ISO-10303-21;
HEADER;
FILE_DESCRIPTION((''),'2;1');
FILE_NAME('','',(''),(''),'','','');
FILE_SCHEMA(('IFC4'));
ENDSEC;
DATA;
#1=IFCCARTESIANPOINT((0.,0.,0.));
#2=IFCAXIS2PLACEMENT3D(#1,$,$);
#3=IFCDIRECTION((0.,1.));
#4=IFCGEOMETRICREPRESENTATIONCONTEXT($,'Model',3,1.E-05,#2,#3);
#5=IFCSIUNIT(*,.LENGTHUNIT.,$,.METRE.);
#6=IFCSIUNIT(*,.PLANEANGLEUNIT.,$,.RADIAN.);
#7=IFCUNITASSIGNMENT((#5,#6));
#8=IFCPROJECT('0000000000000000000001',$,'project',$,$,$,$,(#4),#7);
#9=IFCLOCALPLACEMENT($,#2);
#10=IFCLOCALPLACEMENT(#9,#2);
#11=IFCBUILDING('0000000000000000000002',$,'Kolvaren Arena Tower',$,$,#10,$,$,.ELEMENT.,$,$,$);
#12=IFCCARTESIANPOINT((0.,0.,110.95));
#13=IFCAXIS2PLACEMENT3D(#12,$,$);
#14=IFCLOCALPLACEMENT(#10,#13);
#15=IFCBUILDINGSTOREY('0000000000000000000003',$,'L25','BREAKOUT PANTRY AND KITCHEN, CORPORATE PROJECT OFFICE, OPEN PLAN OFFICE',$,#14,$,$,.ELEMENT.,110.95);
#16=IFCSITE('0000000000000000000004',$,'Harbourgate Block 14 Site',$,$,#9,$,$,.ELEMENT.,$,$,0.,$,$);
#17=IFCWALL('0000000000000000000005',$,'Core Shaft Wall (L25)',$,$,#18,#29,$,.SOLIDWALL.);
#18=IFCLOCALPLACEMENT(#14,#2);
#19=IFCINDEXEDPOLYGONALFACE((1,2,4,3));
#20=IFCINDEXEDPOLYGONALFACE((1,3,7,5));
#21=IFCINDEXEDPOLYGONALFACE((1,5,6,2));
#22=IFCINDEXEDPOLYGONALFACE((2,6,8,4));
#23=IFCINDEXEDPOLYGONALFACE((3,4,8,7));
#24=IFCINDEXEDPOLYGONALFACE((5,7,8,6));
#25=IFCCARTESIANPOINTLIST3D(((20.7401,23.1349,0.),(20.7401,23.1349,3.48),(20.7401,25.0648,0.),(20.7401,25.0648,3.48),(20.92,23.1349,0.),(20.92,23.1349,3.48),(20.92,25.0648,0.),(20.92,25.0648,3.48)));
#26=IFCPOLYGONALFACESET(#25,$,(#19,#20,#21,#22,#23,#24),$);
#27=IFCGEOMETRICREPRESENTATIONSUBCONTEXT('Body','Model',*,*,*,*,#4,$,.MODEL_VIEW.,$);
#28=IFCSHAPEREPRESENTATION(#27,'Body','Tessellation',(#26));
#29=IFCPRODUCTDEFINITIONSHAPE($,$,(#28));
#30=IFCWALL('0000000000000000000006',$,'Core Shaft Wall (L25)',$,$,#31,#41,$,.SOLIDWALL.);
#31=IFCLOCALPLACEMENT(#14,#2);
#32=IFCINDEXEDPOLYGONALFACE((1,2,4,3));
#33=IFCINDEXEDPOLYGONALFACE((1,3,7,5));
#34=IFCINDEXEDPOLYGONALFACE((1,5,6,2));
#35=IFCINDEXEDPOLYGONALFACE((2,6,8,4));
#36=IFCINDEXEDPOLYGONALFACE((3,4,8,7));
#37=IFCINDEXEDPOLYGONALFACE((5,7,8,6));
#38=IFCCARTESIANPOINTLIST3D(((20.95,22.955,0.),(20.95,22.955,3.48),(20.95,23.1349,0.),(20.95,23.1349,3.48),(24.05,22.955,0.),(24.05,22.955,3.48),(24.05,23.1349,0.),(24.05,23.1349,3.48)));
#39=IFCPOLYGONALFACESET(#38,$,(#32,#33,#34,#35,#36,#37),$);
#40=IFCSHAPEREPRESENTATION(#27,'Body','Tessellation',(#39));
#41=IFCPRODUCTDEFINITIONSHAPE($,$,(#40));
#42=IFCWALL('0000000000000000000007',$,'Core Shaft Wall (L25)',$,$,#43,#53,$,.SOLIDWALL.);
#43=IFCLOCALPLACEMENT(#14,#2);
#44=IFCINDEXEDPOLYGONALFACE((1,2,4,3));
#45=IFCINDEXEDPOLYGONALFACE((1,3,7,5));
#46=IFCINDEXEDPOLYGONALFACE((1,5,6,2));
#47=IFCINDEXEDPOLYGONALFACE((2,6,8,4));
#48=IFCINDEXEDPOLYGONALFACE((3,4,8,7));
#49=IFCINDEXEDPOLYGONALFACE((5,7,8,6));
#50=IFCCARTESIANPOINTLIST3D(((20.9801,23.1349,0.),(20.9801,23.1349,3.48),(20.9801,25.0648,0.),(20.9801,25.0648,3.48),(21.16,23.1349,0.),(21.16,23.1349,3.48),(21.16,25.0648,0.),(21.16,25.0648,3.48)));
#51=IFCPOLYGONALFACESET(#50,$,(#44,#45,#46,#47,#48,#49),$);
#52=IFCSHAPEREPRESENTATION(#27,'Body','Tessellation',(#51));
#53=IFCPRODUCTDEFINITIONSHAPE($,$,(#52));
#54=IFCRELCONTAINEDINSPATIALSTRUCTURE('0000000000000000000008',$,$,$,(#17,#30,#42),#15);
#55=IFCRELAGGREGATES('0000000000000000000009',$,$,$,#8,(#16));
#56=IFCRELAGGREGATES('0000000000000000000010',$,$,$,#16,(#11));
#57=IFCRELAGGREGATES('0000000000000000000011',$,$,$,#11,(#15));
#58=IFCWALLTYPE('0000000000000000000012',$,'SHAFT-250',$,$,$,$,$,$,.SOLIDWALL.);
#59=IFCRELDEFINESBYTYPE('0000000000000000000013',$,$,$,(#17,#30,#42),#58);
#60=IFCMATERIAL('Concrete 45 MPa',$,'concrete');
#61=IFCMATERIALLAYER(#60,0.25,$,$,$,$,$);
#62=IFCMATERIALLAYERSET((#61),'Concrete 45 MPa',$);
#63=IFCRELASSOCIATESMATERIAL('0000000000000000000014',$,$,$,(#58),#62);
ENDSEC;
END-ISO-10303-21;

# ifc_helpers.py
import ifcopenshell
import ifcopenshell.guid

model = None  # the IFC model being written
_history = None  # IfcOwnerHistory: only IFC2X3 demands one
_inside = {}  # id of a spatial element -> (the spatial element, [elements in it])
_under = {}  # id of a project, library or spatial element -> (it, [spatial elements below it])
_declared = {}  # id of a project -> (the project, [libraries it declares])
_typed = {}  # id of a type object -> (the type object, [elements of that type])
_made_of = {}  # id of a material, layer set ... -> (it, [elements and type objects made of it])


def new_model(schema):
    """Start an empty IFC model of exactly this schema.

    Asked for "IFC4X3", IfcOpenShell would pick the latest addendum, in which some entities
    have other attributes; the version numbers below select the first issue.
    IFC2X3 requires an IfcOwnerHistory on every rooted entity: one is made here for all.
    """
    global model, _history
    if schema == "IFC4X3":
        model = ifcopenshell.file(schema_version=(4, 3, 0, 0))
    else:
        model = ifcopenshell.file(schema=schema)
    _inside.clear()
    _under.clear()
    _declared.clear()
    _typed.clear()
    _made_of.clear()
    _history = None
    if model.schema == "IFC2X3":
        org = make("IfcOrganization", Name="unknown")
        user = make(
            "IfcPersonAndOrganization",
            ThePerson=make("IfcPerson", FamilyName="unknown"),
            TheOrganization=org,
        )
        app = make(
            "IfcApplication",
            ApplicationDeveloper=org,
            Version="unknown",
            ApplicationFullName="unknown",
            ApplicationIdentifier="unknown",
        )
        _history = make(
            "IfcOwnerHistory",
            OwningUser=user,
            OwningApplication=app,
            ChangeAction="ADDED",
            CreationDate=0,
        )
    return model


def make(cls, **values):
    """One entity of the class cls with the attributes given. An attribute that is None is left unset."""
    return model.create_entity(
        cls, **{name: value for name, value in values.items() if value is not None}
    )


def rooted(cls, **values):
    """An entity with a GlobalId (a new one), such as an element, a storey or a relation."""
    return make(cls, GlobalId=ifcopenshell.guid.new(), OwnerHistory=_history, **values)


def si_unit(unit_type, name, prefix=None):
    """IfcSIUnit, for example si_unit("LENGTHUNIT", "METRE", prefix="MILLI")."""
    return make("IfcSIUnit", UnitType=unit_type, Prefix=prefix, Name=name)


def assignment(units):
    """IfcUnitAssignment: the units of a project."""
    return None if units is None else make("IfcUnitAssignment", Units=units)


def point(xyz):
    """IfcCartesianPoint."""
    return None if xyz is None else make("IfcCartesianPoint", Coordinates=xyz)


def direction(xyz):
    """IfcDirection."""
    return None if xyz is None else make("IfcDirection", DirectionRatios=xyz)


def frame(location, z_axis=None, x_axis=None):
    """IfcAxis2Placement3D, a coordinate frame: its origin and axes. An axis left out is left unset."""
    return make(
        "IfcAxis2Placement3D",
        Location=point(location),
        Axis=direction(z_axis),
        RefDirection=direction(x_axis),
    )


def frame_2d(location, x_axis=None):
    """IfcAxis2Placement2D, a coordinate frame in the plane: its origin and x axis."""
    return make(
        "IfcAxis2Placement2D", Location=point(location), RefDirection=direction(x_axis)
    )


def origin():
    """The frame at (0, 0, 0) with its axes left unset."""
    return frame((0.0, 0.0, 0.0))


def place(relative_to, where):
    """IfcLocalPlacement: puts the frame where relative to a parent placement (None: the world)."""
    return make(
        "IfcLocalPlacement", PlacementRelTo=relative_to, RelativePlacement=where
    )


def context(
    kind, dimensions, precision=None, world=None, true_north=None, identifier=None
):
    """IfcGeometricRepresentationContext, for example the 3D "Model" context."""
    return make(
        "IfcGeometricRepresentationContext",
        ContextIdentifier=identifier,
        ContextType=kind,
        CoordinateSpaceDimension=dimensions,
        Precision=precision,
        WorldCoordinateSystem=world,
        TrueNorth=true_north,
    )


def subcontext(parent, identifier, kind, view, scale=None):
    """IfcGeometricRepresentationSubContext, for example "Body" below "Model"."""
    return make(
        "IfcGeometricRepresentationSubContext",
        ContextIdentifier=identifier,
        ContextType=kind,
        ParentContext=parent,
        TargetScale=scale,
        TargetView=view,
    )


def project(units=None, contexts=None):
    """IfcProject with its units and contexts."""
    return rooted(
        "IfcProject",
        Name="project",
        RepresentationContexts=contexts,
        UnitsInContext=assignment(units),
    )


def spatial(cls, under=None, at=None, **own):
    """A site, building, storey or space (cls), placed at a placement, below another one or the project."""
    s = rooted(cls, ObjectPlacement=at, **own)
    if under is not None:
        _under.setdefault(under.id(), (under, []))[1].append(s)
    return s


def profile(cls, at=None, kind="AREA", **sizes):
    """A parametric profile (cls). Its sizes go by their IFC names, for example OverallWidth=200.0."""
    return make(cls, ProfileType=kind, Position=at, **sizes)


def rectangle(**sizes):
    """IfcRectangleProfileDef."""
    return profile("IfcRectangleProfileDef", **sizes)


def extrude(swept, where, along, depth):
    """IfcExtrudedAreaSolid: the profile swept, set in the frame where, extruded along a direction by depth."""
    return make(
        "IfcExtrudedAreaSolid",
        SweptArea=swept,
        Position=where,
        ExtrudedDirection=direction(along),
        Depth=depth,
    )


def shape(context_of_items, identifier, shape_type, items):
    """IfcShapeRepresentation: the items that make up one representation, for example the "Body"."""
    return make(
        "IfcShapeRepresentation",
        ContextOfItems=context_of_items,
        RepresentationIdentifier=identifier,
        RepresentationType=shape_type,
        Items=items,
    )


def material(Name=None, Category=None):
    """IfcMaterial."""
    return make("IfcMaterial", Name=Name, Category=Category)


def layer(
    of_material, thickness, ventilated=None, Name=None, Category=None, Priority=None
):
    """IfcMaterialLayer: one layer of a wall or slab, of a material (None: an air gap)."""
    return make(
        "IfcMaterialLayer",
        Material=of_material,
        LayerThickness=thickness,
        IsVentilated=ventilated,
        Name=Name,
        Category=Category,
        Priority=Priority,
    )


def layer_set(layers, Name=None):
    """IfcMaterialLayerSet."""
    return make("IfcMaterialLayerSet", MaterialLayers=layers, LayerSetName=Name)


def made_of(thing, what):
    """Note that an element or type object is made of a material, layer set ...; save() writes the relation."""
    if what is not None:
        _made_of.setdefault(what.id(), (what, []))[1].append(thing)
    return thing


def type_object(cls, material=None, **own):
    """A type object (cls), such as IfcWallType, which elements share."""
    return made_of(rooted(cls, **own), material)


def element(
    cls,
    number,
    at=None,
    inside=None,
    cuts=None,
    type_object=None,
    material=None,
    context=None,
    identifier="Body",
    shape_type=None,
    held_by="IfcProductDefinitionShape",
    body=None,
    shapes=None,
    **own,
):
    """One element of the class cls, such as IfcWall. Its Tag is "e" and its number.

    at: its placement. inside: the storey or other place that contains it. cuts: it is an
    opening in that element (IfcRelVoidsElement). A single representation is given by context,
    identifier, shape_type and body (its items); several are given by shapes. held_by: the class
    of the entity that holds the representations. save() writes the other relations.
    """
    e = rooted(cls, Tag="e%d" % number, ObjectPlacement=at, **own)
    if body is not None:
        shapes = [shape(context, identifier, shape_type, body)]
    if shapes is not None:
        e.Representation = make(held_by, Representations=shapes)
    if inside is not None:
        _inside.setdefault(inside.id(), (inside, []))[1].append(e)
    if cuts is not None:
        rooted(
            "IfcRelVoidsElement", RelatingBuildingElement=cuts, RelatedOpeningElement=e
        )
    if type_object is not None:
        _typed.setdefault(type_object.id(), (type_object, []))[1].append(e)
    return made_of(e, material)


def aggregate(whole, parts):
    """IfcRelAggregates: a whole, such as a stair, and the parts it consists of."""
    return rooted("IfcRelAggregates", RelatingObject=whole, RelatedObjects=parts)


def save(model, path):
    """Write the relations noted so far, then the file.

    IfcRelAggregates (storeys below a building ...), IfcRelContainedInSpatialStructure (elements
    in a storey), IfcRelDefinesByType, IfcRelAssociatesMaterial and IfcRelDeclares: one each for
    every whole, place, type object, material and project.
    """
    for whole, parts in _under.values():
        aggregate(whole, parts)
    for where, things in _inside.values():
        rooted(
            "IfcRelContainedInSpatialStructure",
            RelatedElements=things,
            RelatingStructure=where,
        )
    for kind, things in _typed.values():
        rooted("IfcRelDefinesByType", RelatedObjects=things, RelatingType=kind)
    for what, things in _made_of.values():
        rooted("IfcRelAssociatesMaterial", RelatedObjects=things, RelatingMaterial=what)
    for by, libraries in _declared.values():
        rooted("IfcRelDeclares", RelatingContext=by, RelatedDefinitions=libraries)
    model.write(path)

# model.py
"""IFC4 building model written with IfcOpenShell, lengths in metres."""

from ifc_helpers import new_model, si_unit, direction, frame, frame_2d, origin, place, context, subcontext, project, spatial, rectangle, extrude, material, layer, layer_set, type_object, element, save


model = new_model("IFC4")

# Units and contexts
model_context = context("Model", 3, precision=1e-05, world=origin(), true_north=direction((0.0, 1.0)))
body_context = subcontext(model_context, "Body", "Model", "MODEL_VIEW")
ifc_project = project(units=[si_unit("LENGTHUNIT", "METRE"), si_unit("PLANEANGLEUNIT", "RADIAN")], contexts=[model_context])

# Site, building, storey
site_placement = place(None, origin())
site = spatial("IfcSite", under=ifc_project, at=site_placement, Name="Harbourgate Block 14 Site", CompositionType="ELEMENT", RefElevation=0.0)
building_placement = place(site_placement, origin())
building = spatial("IfcBuilding", under=site, at=building_placement, Name="Kolvaren Arena Tower", CompositionType="ELEMENT")
storey_placement = place(building_placement, frame((0.0, 0.0, 110.95)))
storey = spatial("IfcBuildingStorey", under=building, at=storey_placement, Name="L25", Description="BREAKOUT PANTRY AND KITCHEN, CORPORATE PROJECT OFFICE, OPEN PLAN OFFICE", CompositionType="ELEMENT", Elevation=110.95)

# Walls
ifc_material_1 = material(Name="Concrete 45 MPa", Category="concrete")
ifc_layer_1 = layer(ifc_material_1, 0.25)
ifc_layer_set_1 = layer_set([ifc_layer_1], Name="Concrete 45 MPa")
wall_type_1 = type_object("IfcWallType", Name="SHAFT-250", PredefinedType="SOLIDWALL", material=ifc_layer_set_1)
for number, where, z_axis, x_axis, name in (
    (1, (20.8301, 23.135, 0.0), (0.0, 0.0, 1.0), (0.0, 1.0, 0.0), "Core Shaft Wall (L25)"),
):
    element("IfcWall", number, at=place(storey_placement, frame(where, z_axis=z_axis, x_axis=x_axis)), inside=storey, type_object=wall_type_1, Name=name, PredefinedType="SOLIDWALL", context=body_context, shape_type="SweptSolid", body=[
        extrude(rectangle(XDim=1.9299, YDim=0.1799, at=frame_2d((0.9648, 0.0))), origin(), (0.0, 0.0, 1.0), 3.48),
    ])
wall_1_placement = place(storey_placement, frame((20.95, 23.0449, 0.0), z_axis=(0.0, 0.0, 1.0), x_axis=(1.0, 0.0, 0.0)))
element("IfcWall", 2, at=wall_1_placement, inside=storey, type_object=wall_type_1, Name="Core Shaft Wall (L25)", PredefinedType="SOLIDWALL", context=body_context, shape_type="SweptSolid", body=[
    extrude(rectangle(XDim=3.1001, YDim=0.1799, at=frame_2d((1.55, 0.0))), origin(), (0.0, 0.0, 1.0), 3.48),
])
wall_2_placement = place(storey_placement, frame((21.0701, 23.135, 0.0), z_axis=(0.0, 0.0, 1.0), x_axis=(0.0, 1.0, 0.0)))
element("IfcWall", 3, at=wall_2_placement, inside=storey, type_object=wall_type_1, Name="Core Shaft Wall (L25)", PredefinedType="SOLIDWALL", context=body_context, shape_type="SweptSolid", body=[
    extrude(rectangle(XDim=1.9299, YDim=0.1799, at=frame_2d((0.9648, 0.0))), origin(), (0.0, 0.0, 1.0), 3.48),
])

save(model, "model.ifc")
